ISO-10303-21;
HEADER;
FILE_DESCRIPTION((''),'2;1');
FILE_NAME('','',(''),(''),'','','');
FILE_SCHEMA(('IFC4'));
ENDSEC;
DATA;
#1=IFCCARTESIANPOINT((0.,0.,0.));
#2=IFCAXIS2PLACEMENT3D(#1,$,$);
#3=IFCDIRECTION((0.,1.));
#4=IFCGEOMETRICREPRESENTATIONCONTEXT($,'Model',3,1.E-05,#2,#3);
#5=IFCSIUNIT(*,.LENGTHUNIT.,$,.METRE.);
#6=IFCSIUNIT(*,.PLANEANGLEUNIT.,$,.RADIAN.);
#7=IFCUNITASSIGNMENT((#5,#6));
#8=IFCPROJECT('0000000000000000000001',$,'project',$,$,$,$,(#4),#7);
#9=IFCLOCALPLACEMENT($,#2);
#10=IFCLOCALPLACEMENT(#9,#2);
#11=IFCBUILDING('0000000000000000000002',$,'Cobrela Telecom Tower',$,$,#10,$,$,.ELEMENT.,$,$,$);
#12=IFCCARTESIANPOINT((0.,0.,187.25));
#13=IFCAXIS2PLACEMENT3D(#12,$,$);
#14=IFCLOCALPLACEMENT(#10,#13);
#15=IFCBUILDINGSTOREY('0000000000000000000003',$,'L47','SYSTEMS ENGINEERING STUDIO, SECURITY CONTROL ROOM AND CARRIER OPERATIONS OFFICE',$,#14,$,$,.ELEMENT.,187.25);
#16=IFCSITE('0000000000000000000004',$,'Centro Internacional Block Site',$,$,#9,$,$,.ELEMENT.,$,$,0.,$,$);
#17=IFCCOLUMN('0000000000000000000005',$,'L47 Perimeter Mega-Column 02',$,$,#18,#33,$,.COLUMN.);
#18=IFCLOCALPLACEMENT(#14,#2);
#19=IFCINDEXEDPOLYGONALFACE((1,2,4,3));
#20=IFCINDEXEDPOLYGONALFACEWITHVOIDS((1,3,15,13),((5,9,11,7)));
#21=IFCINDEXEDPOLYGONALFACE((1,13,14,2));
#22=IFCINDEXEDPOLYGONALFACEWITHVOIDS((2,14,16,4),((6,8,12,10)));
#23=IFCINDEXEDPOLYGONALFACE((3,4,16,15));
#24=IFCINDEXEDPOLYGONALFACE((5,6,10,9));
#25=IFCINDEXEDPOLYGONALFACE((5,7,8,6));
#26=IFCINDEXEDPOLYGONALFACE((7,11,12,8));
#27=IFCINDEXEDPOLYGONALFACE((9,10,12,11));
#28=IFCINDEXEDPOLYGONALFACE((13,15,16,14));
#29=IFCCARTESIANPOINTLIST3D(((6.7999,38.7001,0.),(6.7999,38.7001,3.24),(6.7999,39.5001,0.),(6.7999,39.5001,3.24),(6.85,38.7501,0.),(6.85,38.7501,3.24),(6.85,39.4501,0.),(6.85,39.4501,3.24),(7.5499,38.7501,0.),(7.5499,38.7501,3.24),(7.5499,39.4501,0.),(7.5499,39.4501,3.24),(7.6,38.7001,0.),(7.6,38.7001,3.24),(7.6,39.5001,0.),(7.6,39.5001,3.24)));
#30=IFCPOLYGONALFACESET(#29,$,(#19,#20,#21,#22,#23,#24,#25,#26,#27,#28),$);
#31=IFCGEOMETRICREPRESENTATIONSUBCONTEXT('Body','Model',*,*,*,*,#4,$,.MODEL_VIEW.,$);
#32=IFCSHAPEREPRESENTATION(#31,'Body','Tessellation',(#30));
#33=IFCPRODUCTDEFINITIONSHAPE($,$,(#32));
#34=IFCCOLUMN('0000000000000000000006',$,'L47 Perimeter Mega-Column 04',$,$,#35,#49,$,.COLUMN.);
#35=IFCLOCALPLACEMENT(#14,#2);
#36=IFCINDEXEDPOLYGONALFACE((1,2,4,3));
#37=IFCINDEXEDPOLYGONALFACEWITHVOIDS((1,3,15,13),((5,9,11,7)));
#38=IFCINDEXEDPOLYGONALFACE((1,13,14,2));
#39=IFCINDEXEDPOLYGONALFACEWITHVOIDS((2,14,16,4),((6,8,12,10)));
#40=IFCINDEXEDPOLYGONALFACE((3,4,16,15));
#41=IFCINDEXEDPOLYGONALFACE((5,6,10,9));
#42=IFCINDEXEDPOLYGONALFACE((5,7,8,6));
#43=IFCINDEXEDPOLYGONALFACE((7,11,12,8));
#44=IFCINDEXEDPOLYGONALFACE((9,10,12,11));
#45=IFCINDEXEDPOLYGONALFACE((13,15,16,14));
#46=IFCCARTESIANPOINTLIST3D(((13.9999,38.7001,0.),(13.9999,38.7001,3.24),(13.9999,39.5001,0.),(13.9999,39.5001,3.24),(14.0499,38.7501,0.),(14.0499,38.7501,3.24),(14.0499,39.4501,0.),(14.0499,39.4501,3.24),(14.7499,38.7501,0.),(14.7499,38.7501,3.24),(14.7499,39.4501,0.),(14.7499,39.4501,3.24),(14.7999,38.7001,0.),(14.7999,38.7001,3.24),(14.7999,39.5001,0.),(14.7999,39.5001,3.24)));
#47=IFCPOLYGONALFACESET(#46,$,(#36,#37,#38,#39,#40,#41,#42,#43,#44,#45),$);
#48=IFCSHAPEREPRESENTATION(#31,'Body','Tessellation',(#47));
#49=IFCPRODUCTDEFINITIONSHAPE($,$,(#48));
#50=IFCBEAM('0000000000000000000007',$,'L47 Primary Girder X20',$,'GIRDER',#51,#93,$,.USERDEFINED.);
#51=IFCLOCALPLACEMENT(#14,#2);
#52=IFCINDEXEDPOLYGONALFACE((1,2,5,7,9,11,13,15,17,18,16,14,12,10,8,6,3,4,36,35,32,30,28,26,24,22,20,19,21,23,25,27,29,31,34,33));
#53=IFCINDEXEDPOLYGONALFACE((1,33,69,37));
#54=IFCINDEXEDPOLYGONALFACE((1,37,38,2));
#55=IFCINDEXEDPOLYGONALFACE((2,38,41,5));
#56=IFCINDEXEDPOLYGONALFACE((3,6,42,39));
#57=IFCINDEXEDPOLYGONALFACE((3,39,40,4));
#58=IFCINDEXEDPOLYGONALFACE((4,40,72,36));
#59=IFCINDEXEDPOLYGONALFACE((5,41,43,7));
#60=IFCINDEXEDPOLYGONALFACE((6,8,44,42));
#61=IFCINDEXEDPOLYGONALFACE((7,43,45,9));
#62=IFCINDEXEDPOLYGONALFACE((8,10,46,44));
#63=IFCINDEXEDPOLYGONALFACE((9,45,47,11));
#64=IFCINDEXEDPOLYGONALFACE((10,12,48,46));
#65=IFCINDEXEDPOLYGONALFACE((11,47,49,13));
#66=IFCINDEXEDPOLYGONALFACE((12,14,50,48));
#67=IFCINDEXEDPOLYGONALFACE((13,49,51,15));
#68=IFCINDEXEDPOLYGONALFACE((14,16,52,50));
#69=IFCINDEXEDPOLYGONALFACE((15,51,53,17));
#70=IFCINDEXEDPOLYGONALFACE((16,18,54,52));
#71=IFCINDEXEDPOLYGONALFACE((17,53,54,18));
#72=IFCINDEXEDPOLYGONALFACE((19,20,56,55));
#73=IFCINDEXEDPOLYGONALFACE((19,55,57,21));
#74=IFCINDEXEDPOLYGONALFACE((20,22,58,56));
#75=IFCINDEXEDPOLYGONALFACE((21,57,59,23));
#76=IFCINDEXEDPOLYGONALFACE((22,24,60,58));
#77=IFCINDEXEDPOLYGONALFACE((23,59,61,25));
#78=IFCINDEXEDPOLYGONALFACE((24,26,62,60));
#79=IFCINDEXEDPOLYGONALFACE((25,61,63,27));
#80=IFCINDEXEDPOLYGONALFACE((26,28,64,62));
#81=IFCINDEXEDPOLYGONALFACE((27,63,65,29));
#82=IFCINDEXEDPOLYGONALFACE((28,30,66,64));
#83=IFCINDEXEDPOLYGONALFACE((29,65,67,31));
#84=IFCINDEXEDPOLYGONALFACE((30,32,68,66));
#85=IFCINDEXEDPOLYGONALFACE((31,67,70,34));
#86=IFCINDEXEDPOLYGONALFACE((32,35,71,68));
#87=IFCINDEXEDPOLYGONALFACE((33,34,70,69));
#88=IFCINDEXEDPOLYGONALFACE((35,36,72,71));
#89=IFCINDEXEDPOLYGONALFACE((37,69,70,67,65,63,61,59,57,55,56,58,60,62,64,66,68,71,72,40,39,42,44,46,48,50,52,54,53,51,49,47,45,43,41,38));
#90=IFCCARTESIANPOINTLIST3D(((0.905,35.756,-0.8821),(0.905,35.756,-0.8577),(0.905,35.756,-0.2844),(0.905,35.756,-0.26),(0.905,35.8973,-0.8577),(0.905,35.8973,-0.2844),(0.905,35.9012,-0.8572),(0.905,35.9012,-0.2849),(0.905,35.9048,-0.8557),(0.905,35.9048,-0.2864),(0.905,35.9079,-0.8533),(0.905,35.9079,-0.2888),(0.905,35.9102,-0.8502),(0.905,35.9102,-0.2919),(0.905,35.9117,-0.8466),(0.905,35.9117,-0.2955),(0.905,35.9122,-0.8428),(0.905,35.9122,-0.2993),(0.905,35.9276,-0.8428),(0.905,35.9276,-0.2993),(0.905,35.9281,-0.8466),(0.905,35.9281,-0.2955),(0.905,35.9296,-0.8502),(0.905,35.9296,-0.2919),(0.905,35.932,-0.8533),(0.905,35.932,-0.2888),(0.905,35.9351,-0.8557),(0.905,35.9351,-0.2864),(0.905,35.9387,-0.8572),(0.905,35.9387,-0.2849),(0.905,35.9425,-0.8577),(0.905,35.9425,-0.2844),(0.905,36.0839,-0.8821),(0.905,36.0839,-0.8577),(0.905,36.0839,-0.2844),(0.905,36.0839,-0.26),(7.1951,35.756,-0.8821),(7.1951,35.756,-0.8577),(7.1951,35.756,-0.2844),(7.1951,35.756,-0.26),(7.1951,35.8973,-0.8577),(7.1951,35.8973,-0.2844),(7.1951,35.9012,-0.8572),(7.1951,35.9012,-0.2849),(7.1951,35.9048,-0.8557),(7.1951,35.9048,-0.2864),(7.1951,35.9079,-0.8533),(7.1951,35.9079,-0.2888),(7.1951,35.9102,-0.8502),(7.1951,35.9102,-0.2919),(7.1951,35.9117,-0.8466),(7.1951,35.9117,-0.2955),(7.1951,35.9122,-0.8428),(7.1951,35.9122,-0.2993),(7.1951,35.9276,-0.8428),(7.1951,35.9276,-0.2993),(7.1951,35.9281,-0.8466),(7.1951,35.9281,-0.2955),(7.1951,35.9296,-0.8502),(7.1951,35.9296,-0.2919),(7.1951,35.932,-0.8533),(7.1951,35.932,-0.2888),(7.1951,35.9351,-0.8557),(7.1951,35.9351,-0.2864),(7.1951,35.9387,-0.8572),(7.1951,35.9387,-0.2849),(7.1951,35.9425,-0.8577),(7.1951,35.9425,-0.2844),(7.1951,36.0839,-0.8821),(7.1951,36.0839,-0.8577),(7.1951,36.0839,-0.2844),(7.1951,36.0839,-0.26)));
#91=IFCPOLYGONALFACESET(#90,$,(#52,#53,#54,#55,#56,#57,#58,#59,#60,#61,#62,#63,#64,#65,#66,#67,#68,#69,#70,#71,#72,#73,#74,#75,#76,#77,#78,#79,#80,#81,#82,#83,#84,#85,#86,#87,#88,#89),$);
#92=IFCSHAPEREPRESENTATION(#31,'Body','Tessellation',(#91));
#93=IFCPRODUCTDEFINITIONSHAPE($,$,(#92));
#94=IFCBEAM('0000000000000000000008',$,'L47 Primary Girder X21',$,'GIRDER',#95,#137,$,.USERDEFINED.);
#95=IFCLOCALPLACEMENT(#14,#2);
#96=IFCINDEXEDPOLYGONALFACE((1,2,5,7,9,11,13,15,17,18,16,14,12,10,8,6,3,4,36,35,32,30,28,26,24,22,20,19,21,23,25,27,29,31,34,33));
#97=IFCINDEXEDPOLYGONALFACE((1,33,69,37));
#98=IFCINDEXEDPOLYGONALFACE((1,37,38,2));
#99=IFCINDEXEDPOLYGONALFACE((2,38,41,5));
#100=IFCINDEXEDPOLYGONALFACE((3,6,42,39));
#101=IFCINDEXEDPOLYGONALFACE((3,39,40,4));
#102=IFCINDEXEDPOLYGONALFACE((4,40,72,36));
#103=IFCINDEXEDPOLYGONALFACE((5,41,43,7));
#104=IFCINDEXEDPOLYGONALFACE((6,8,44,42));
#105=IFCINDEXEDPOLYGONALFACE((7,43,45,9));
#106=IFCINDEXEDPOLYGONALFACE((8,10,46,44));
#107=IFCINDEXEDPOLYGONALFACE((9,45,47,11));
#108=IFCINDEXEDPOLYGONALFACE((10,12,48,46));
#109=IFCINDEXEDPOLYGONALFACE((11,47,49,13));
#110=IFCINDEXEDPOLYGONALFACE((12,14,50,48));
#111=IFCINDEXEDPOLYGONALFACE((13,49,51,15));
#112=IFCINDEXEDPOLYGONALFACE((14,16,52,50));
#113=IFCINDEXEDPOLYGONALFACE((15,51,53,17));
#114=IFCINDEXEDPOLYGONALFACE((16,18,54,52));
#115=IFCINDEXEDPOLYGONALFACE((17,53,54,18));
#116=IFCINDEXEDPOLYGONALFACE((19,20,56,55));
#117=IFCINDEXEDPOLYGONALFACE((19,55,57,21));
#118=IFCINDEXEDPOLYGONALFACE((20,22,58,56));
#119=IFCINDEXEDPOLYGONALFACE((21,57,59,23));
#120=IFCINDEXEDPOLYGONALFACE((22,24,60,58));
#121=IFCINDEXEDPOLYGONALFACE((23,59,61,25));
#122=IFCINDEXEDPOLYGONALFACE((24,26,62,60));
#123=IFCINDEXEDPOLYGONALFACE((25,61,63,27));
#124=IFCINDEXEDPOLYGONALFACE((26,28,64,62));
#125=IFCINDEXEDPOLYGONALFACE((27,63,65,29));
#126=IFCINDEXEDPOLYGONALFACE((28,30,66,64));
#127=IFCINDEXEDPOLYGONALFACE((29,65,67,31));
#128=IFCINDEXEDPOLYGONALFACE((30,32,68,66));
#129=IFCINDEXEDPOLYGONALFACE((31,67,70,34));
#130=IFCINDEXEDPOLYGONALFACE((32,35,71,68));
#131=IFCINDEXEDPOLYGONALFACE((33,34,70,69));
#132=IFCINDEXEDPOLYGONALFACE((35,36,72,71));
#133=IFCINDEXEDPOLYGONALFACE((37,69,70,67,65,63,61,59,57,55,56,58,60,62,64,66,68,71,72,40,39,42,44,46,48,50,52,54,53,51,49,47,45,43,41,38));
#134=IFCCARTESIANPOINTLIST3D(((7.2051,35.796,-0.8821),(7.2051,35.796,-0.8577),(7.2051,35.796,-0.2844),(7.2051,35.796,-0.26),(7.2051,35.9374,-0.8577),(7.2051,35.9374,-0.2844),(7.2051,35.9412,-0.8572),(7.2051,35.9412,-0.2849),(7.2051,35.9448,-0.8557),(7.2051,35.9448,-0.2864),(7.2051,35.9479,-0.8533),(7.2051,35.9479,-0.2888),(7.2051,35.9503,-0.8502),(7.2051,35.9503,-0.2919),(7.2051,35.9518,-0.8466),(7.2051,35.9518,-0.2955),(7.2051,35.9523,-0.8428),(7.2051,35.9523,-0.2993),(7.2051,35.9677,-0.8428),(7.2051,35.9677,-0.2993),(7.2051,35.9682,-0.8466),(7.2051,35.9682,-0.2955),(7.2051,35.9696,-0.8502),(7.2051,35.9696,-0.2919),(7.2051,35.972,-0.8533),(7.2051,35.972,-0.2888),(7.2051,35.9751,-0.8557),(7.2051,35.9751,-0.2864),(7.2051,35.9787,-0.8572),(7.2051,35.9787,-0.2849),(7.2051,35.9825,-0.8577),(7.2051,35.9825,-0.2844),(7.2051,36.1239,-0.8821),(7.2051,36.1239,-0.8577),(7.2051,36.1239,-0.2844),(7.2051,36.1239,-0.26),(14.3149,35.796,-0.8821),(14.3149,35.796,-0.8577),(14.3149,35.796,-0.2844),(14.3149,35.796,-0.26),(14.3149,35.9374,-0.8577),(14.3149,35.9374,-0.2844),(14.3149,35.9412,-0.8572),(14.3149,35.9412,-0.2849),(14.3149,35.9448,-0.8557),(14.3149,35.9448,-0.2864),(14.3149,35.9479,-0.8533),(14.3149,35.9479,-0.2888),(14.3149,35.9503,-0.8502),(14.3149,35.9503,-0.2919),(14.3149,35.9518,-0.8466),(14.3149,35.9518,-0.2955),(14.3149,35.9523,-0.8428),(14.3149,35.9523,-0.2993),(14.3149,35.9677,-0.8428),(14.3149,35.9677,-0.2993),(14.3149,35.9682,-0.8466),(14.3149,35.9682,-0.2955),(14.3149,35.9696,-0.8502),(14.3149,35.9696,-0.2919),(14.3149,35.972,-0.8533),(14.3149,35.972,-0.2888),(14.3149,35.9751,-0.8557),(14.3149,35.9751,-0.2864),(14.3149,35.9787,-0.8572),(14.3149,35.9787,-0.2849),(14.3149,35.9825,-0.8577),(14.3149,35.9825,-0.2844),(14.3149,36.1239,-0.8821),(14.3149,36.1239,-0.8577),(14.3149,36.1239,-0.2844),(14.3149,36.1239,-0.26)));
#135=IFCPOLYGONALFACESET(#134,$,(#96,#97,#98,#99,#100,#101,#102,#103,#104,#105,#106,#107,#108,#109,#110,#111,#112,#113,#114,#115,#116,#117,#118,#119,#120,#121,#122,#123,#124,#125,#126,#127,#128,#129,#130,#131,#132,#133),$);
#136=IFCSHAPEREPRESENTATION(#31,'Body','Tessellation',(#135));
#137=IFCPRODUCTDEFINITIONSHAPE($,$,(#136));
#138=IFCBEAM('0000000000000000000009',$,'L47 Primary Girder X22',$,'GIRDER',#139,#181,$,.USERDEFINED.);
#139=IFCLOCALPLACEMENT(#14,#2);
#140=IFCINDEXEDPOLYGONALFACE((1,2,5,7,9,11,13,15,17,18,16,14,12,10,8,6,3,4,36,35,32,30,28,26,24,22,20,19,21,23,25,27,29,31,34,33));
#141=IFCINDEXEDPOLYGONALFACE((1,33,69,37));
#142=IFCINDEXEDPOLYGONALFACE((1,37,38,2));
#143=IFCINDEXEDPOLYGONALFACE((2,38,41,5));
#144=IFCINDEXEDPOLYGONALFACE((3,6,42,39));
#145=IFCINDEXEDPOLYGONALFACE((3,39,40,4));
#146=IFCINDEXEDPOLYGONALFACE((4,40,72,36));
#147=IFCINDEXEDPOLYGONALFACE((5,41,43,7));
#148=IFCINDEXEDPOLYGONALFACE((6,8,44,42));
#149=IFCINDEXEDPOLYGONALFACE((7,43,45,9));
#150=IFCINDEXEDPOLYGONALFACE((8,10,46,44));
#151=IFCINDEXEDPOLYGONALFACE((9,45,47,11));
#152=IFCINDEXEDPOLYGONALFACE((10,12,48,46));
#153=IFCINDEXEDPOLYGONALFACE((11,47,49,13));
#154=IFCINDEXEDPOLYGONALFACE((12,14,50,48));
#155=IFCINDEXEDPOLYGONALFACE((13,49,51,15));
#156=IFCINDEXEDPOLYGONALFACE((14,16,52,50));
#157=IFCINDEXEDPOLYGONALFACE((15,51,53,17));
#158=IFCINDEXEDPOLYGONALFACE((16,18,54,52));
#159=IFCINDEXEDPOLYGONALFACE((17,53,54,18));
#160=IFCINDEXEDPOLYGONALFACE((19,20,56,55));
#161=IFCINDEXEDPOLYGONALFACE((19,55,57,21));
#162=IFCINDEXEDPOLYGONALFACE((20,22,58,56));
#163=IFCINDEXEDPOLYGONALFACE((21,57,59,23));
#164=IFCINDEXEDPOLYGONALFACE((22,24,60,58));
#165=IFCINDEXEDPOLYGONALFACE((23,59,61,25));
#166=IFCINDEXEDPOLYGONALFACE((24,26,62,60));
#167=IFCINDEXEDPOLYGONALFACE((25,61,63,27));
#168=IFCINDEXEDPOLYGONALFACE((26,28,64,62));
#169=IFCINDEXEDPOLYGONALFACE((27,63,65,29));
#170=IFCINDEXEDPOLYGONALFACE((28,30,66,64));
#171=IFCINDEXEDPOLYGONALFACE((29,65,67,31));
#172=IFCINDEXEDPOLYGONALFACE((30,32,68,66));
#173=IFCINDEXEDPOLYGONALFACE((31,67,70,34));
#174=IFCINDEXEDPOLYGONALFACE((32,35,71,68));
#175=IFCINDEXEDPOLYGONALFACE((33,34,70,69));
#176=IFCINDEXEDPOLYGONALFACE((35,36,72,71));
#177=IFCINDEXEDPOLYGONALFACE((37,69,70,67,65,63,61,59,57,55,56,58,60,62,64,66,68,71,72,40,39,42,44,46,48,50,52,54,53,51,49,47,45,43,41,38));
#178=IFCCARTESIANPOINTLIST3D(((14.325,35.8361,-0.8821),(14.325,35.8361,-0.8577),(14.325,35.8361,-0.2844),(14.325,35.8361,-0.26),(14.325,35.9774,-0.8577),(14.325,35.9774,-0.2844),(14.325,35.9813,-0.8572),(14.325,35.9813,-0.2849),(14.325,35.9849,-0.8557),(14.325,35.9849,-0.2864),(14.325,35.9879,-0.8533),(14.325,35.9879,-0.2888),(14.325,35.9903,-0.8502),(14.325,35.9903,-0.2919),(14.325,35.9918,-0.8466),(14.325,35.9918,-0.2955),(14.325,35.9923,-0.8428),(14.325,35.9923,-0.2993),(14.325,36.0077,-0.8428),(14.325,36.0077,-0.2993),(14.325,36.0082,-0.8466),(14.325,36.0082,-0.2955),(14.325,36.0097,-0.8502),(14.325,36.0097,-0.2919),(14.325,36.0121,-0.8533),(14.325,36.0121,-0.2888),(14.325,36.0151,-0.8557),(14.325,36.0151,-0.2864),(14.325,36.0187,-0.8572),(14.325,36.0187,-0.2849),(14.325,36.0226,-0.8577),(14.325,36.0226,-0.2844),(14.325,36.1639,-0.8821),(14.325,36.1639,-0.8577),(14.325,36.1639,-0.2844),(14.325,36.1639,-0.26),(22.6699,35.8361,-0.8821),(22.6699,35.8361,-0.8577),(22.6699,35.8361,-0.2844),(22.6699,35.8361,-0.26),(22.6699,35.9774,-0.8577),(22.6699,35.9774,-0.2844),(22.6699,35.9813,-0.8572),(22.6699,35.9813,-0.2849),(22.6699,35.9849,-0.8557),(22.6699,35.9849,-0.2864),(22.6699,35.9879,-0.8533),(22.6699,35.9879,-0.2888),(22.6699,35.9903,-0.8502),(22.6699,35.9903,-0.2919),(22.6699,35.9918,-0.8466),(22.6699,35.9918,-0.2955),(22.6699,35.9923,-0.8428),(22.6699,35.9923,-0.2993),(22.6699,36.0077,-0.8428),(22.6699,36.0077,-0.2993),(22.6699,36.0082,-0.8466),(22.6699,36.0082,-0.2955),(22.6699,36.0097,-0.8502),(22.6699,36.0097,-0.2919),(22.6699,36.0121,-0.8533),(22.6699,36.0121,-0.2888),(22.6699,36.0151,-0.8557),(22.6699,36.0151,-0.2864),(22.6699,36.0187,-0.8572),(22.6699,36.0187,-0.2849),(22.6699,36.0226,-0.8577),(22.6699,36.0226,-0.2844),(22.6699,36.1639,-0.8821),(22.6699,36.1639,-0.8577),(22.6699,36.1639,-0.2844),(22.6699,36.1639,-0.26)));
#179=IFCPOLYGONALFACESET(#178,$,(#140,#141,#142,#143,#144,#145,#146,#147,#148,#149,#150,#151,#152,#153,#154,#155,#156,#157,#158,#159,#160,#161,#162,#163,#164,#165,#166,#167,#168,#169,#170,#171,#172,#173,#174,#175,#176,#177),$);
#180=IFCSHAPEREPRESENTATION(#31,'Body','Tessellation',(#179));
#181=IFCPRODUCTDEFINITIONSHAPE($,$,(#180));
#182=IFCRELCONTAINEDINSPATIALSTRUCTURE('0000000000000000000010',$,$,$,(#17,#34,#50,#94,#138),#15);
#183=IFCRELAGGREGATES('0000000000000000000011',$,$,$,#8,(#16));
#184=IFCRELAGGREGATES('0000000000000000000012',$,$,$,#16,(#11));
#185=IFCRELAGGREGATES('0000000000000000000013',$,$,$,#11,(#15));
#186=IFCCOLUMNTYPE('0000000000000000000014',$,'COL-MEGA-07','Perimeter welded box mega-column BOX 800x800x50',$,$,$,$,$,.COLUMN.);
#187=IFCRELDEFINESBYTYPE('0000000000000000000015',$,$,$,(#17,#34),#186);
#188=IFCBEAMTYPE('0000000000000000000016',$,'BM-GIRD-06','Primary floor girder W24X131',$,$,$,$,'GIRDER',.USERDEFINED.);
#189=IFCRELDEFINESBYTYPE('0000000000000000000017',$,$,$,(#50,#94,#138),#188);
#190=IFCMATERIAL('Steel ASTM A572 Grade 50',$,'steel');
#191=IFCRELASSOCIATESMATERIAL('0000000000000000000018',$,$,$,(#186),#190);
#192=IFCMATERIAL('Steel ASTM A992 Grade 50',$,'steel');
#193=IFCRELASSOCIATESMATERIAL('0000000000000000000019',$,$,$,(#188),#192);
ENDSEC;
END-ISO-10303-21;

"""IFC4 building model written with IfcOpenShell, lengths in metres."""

from ifc_helpers import new_model, si_unit, direction, frame, origin, origin_2d, place, context, subcontext, project, spatial, hollow_rectangle, i_section, extrude, material, material_profile, profile_set, type_object, element, save


model = new_model("IFC4")

# Units and contexts
model_context = context("Model", 3, precision=1e-05, world=origin(), true_north=direction((0.0, 1.0)))
body_context = subcontext(model_context, "Body", "Model", "MODEL_VIEW")
ifc_project = project(units=[si_unit("LENGTHUNIT", "METRE"), si_unit("PLANEANGLEUNIT", "RADIAN")], contexts=[model_context])

# Site, building, storey
site_placement = place(None, origin())
site = spatial("IfcSite", under=ifc_project, at=site_placement, Name="Centro Internacional Block Site", CompositionType="ELEMENT", RefElevation=0.0)
building_placement = place(site_placement, origin())
building = spatial("IfcBuilding", under=site, at=building_placement, Name="Cobrela Telecom Tower", CompositionType="ELEMENT")
storey_placement = place(building_placement, frame((0.0, 0.0, 187.25)))
storey = spatial("IfcBuildingStorey", under=building, at=storey_placement, Name="L47", Description="SYSTEMS ENGINEERING STUDIO, SECURITY CONTROL ROOM AND CARRIER OPERATIONS OFFICE", CompositionType="ELEMENT", Elevation=187.25)

# Columns
ifc_material_1 = material(Name="Steel ASTM A572 Grade 50", Category="steel")
ifc_material_profile_1 = material_profile(ifc_material_1, hollow_rectangle(XDim=0.8, YDim=0.8, WallThickness=0.05, at=origin_2d()), Name="BOX 800x800x50")
ifc_profile_set_1 = profile_set([ifc_material_profile_1], Name="Steel ASTM A572 Grade 50")
column_type = type_object("IfcColumnType", Name="COL-MEGA-07", Description="Perimeter welded box mega-column BOX 800x800x50", PredefinedType="COLUMN", material=ifc_profile_set_1)
for number, where, z_axis, x_axis, name in (
    (1, (7.2, 39.1001, 0.0), (0.0, 0.0, 1.0), (1.0, 0.0, 0.0), "L47 Perimeter Mega-Column 02"),
    (2, (14.3999, 39.1001, 0.0), (0.0, 0.0, 1.0), (1.0, 0.0, 0.0), "L47 Perimeter Mega-Column 04"),
):
    element("IfcColumn", number, at=place(storey_placement, frame(where, z_axis=z_axis, x_axis=x_axis)), inside=storey, type_object=column_type, Name=name, PredefinedType="COLUMN", context=body_context, shape_type="SweptSolid", body=[
        extrude(hollow_rectangle(XDim=0.8, YDim=0.8, WallThickness=0.05, at=origin_2d()), origin(), (0.0, 0.0, 1.0), 3.24),
    ])

# Beams
ifc_material_2 = material(Name="Steel ASTM A992 Grade 50", Category="steel")
ifc_material_profile_2 = material_profile(ifc_material_2, i_section(OverallWidth=0.3279, OverallDepth=0.6221, WebThickness=0.0154, FlangeThickness=0.0244, FilletRadius=0.0149, at=origin_2d()), Name="W24X131")
ifc_profile_set_2 = profile_set([ifc_material_profile_2], Name="Steel ASTM A992 Grade 50")
beam_type_1 = type_object("IfcBeamType", Name="BM-GIRD-06", Description="Primary floor girder W24X131", ElementType="GIRDER", PredefinedType="USERDEFINED", material=ifc_profile_set_2)
beam_1_placement = place(storey_placement, frame((0.905, 35.9199, -0.571), z_axis=(1.0, 0.0, 0.0), x_axis=(0.0, 1.0, 0.0)))
element("IfcBeam", 3, at=beam_1_placement, inside=storey, type_object=beam_type_1, Name="L47 Primary Girder X20", ObjectType="GIRDER", PredefinedType="USERDEFINED", context=body_context, shape_type="SweptSolid", body=[
    extrude(i_section(OverallWidth=0.3279, OverallDepth=0.6221, WebThickness=0.0154, FlangeThickness=0.0244, FilletRadius=0.0149, at=origin_2d()), origin(), (0.0, 0.0, 1.0), 6.29),
])
beam_2_placement = place(storey_placement, frame((7.2051, 35.96, -0.571), z_axis=(1.0, 0.0, 0.0), x_axis=(0.0, 1.0, 0.0)))
element("IfcBeam", 4, at=beam_2_placement, inside=storey, type_object=beam_type_1, Name="L47 Primary Girder X21", ObjectType="GIRDER", PredefinedType="USERDEFINED", context=body_context, shape_type="SweptSolid", body=[
    extrude(i_section(OverallWidth=0.3279, OverallDepth=0.6221, WebThickness=0.0154, FlangeThickness=0.0244, FilletRadius=0.0149, at=origin_2d()), origin(), (0.0, 0.0, 1.0), 7.1099),
])
beam_3_placement = place(storey_placement, frame((14.325, 36.0, -0.571), z_axis=(1.0, 0.0, 0.0), x_axis=(0.0, 1.0, 0.0)))
element("IfcBeam", 5, at=beam_3_placement, inside=storey, type_object=beam_type_1, Name="L47 Primary Girder X22", ObjectType="GIRDER", PredefinedType="USERDEFINED", context=body_context, shape_type="SweptSolid", body=[
    extrude(i_section(OverallWidth=0.3279, OverallDepth=0.6221, WebThickness=0.0154, FlangeThickness=0.0244, FilletRadius=0.0149, at=origin_2d()), origin(), (0.0, 0.0, 1.0), 8.345),
])

save(model, "model.ifc")
